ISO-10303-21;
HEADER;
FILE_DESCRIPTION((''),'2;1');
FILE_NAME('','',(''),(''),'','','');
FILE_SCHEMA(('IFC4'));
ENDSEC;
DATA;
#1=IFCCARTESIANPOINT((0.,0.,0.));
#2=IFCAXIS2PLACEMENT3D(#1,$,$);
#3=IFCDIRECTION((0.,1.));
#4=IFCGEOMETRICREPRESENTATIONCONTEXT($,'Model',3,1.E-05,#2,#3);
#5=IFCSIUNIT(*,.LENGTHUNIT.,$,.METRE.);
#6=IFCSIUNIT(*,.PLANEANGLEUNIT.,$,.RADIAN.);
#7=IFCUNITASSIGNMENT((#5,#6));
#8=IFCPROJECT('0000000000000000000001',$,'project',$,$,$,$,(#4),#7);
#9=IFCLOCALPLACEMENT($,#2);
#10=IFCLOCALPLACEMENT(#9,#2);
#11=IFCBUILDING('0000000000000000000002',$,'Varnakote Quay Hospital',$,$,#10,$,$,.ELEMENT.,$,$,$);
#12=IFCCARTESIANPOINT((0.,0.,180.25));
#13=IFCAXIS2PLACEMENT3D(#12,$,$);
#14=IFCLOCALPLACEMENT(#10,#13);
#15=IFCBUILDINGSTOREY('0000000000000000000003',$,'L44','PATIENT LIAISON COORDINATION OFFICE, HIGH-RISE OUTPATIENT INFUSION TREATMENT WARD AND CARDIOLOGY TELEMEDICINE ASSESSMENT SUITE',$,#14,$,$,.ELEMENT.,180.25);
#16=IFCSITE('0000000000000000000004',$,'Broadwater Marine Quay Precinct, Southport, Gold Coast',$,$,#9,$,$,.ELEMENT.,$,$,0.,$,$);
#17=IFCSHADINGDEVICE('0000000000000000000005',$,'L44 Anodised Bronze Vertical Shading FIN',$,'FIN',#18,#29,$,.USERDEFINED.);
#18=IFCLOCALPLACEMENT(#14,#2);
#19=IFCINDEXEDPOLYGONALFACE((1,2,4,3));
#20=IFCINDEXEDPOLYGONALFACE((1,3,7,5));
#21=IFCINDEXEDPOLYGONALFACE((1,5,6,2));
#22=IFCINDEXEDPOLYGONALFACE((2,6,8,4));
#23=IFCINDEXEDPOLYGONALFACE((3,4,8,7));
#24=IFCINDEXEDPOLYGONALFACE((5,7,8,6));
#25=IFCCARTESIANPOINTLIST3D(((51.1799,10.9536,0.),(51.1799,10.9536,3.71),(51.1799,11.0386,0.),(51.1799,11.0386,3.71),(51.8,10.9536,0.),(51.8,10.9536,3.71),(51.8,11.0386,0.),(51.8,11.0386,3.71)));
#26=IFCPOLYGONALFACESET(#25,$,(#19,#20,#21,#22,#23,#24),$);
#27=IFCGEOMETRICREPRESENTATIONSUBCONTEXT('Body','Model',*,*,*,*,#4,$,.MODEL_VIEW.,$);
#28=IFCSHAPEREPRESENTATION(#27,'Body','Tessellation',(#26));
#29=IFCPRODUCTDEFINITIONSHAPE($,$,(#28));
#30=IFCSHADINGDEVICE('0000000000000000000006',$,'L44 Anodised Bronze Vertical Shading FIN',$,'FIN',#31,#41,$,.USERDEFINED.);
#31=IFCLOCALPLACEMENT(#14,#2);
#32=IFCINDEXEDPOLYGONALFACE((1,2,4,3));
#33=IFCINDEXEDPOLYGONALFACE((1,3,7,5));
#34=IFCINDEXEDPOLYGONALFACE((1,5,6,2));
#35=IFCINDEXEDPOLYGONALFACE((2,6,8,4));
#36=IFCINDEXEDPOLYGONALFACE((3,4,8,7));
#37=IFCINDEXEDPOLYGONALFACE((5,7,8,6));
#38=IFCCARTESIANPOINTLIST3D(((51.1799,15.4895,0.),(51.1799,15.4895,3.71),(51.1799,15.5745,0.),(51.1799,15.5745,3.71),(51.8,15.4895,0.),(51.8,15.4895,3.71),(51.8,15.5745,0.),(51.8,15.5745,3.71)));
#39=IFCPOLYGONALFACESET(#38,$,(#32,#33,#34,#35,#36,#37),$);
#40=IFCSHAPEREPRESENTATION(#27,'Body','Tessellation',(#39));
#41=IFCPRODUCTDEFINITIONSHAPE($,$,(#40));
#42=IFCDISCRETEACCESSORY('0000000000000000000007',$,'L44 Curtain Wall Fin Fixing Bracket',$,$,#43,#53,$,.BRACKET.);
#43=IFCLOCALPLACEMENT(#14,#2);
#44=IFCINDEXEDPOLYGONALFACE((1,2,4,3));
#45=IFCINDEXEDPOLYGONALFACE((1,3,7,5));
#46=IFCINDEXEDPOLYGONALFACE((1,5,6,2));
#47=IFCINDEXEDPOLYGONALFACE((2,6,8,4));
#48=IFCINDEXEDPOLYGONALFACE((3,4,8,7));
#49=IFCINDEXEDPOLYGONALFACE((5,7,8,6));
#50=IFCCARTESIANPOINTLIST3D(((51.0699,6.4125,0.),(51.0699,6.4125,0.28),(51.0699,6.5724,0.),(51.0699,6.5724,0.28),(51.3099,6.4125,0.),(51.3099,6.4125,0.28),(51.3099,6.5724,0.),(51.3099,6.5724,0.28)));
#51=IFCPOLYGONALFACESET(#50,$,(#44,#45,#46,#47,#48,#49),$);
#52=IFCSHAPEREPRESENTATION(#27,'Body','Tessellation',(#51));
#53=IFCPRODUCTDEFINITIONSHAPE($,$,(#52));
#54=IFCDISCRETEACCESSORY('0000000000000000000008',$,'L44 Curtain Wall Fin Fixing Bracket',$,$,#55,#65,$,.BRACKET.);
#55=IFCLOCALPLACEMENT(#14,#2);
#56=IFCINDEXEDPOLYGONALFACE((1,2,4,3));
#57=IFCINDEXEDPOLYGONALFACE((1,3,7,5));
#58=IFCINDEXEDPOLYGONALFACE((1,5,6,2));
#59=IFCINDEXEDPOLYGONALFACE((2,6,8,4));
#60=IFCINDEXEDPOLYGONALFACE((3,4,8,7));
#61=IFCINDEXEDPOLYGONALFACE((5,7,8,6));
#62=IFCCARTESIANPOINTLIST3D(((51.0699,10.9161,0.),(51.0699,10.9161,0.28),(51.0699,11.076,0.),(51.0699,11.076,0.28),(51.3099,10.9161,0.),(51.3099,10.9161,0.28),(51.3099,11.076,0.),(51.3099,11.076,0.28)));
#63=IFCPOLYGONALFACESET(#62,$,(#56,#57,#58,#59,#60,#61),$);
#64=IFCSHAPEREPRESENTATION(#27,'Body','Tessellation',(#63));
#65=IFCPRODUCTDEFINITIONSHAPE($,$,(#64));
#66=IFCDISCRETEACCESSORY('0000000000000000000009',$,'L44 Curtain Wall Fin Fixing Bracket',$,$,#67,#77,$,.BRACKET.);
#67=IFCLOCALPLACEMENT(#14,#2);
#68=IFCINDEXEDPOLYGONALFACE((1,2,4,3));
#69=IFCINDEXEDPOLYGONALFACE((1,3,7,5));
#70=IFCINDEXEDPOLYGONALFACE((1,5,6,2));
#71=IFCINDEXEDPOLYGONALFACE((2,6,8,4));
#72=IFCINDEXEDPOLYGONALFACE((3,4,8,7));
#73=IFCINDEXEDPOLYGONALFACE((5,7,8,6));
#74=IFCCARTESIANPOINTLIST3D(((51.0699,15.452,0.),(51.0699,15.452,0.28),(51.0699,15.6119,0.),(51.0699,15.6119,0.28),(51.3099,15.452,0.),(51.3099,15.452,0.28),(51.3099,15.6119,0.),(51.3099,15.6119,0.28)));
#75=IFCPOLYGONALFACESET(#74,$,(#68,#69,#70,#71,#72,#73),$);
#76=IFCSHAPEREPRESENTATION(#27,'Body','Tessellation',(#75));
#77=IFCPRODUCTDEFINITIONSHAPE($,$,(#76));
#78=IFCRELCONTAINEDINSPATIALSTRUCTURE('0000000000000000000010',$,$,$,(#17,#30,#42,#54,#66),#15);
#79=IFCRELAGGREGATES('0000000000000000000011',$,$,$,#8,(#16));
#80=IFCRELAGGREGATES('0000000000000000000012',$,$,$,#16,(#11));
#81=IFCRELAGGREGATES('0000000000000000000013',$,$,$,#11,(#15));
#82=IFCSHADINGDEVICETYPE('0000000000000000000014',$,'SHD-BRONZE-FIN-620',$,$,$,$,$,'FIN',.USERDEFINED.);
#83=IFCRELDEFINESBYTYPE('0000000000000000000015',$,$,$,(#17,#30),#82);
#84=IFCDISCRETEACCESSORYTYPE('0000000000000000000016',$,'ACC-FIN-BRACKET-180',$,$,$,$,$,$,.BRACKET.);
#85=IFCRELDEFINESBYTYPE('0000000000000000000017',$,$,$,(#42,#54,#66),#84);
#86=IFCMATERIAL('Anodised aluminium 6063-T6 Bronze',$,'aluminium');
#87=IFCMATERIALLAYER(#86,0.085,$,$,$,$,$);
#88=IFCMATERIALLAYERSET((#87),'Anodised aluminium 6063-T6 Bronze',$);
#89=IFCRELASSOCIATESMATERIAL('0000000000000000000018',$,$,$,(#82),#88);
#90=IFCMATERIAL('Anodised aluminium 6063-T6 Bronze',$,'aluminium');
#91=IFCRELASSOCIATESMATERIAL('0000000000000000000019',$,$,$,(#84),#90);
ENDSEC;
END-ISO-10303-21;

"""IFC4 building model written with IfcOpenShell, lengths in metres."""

from ifc_helpers import new_model, si_unit, direction, frame, origin, origin_2d, place, context, subcontext, project, spatial, rectangle, extrude, material, layer, layer_set, type_object, element, save


model = new_model("IFC4")

# Units and contexts
model_context = context("Model", 3, precision=1e-05, world=origin(), true_north=direction((0.0, 1.0)))
body_context = subcontext(model_context, "Body", "Model", "MODEL_VIEW")
ifc_project = project(units=[si_unit("LENGTHUNIT", "METRE"), si_unit("PLANEANGLEUNIT", "RADIAN")], contexts=[model_context])

# Site, building, storey
site_placement = place(None, origin())
site = spatial("IfcSite", under=ifc_project, at=site_placement, Name="Broadwater Marine Quay Precinct, Southport, Gold Coast", CompositionType="ELEMENT", RefElevation=0.0)
building_placement = place(site_placement, origin())
building = spatial("IfcBuilding", under=site, at=building_placement, Name="Varnakote Quay Hospital", CompositionType="ELEMENT")
storey_placement = place(building_placement, frame((0.0, 0.0, 180.25)))
storey = spatial("IfcBuildingStorey", under=building, at=storey_placement, Name="L44", Description="PATIENT LIAISON COORDINATION OFFICE, HIGH-RISE OUTPATIENT INFUSION TREATMENT WARD AND CARDIOLOGY TELEMEDICINE ASSESSMENT SUITE", CompositionType="ELEMENT", Elevation=180.25)

# Shading devices
ifc_material_1 = material(Name="Anodised aluminium 6063-T6 Bronze", Category="aluminium")
ifc_layer_1 = layer(ifc_material_1, 0.085)
ifc_layer_set_1 = layer_set([ifc_layer_1], Name="Anodised aluminium 6063-T6 Bronze")
shading_device_type = type_object("IfcShadingDeviceType", Name="SHD-BRONZE-FIN-620", ElementType="FIN", PredefinedType="USERDEFINED", material=ifc_layer_set_1)
for number, where, z_axis, x_axis, name in (
    (1, (51.49, 10.9961, 0.0), (0.0, 0.0, 1.0), (-1.0, 0.0, 0.0), "L44 Anodised Bronze Vertical Shading FIN"),
    (2, (51.49, 15.532, 0.0), (0.0, 0.0, 1.0), (-1.0, 0.0, 0.0), "L44 Anodised Bronze Vertical Shading FIN"),
):
    element("IfcShadingDevice", number, at=place(storey_placement, frame(where, z_axis=z_axis, x_axis=x_axis)), inside=storey, type_object=shading_device_type, Name=name, ObjectType="FIN", PredefinedType="USERDEFINED", context=body_context, shape_type="SweptSolid", body=[
        extrude(rectangle(XDim=0.6201, YDim=0.085, at=origin_2d()), origin(), (0.0, 0.0, 1.0), 3.71),
    ])

# Discrete accessories
ifc_material_2 = material(Name="Anodised aluminium 6063-T6 Bronze", Category="aluminium")
discrete_accessory_type = type_object("IfcDiscreteAccessoryType", Name="ACC-FIN-BRACKET-180", PredefinedType="BRACKET", material=ifc_material_2)
for number, where, z_axis, x_axis, name in (
    (3, (51.1899, 6.4924, 0.0), (0.0, 0.0, 1.0), (0.0, 1.0, 0.0), "L44 Curtain Wall Fin Fixing Bracket"),
    (4, (51.1899, 10.9961, 0.0), (0.0, 0.0, 1.0), (0.0, 1.0, 0.0), "L44 Curtain Wall Fin Fixing Bracket"),
    (5, (51.1899, 15.532, 0.0), (0.0, 0.0, 1.0), (0.0, 1.0, 0.0), "L44 Curtain Wall Fin Fixing Bracket"),
):
    element("IfcDiscreteAccessory", number, at=place(storey_placement, frame(where, z_axis=z_axis, x_axis=x_axis)), inside=storey, type_object=discrete_accessory_type, Name=name, PredefinedType="BRACKET", context=body_context, shape_type="SweptSolid", body=[
        extrude(rectangle(XDim=0.1599, YDim=0.24, at=origin_2d()), origin(), (0.0, 0.0, 1.0), 0.28),
    ])

save(model, "model.ifc")
